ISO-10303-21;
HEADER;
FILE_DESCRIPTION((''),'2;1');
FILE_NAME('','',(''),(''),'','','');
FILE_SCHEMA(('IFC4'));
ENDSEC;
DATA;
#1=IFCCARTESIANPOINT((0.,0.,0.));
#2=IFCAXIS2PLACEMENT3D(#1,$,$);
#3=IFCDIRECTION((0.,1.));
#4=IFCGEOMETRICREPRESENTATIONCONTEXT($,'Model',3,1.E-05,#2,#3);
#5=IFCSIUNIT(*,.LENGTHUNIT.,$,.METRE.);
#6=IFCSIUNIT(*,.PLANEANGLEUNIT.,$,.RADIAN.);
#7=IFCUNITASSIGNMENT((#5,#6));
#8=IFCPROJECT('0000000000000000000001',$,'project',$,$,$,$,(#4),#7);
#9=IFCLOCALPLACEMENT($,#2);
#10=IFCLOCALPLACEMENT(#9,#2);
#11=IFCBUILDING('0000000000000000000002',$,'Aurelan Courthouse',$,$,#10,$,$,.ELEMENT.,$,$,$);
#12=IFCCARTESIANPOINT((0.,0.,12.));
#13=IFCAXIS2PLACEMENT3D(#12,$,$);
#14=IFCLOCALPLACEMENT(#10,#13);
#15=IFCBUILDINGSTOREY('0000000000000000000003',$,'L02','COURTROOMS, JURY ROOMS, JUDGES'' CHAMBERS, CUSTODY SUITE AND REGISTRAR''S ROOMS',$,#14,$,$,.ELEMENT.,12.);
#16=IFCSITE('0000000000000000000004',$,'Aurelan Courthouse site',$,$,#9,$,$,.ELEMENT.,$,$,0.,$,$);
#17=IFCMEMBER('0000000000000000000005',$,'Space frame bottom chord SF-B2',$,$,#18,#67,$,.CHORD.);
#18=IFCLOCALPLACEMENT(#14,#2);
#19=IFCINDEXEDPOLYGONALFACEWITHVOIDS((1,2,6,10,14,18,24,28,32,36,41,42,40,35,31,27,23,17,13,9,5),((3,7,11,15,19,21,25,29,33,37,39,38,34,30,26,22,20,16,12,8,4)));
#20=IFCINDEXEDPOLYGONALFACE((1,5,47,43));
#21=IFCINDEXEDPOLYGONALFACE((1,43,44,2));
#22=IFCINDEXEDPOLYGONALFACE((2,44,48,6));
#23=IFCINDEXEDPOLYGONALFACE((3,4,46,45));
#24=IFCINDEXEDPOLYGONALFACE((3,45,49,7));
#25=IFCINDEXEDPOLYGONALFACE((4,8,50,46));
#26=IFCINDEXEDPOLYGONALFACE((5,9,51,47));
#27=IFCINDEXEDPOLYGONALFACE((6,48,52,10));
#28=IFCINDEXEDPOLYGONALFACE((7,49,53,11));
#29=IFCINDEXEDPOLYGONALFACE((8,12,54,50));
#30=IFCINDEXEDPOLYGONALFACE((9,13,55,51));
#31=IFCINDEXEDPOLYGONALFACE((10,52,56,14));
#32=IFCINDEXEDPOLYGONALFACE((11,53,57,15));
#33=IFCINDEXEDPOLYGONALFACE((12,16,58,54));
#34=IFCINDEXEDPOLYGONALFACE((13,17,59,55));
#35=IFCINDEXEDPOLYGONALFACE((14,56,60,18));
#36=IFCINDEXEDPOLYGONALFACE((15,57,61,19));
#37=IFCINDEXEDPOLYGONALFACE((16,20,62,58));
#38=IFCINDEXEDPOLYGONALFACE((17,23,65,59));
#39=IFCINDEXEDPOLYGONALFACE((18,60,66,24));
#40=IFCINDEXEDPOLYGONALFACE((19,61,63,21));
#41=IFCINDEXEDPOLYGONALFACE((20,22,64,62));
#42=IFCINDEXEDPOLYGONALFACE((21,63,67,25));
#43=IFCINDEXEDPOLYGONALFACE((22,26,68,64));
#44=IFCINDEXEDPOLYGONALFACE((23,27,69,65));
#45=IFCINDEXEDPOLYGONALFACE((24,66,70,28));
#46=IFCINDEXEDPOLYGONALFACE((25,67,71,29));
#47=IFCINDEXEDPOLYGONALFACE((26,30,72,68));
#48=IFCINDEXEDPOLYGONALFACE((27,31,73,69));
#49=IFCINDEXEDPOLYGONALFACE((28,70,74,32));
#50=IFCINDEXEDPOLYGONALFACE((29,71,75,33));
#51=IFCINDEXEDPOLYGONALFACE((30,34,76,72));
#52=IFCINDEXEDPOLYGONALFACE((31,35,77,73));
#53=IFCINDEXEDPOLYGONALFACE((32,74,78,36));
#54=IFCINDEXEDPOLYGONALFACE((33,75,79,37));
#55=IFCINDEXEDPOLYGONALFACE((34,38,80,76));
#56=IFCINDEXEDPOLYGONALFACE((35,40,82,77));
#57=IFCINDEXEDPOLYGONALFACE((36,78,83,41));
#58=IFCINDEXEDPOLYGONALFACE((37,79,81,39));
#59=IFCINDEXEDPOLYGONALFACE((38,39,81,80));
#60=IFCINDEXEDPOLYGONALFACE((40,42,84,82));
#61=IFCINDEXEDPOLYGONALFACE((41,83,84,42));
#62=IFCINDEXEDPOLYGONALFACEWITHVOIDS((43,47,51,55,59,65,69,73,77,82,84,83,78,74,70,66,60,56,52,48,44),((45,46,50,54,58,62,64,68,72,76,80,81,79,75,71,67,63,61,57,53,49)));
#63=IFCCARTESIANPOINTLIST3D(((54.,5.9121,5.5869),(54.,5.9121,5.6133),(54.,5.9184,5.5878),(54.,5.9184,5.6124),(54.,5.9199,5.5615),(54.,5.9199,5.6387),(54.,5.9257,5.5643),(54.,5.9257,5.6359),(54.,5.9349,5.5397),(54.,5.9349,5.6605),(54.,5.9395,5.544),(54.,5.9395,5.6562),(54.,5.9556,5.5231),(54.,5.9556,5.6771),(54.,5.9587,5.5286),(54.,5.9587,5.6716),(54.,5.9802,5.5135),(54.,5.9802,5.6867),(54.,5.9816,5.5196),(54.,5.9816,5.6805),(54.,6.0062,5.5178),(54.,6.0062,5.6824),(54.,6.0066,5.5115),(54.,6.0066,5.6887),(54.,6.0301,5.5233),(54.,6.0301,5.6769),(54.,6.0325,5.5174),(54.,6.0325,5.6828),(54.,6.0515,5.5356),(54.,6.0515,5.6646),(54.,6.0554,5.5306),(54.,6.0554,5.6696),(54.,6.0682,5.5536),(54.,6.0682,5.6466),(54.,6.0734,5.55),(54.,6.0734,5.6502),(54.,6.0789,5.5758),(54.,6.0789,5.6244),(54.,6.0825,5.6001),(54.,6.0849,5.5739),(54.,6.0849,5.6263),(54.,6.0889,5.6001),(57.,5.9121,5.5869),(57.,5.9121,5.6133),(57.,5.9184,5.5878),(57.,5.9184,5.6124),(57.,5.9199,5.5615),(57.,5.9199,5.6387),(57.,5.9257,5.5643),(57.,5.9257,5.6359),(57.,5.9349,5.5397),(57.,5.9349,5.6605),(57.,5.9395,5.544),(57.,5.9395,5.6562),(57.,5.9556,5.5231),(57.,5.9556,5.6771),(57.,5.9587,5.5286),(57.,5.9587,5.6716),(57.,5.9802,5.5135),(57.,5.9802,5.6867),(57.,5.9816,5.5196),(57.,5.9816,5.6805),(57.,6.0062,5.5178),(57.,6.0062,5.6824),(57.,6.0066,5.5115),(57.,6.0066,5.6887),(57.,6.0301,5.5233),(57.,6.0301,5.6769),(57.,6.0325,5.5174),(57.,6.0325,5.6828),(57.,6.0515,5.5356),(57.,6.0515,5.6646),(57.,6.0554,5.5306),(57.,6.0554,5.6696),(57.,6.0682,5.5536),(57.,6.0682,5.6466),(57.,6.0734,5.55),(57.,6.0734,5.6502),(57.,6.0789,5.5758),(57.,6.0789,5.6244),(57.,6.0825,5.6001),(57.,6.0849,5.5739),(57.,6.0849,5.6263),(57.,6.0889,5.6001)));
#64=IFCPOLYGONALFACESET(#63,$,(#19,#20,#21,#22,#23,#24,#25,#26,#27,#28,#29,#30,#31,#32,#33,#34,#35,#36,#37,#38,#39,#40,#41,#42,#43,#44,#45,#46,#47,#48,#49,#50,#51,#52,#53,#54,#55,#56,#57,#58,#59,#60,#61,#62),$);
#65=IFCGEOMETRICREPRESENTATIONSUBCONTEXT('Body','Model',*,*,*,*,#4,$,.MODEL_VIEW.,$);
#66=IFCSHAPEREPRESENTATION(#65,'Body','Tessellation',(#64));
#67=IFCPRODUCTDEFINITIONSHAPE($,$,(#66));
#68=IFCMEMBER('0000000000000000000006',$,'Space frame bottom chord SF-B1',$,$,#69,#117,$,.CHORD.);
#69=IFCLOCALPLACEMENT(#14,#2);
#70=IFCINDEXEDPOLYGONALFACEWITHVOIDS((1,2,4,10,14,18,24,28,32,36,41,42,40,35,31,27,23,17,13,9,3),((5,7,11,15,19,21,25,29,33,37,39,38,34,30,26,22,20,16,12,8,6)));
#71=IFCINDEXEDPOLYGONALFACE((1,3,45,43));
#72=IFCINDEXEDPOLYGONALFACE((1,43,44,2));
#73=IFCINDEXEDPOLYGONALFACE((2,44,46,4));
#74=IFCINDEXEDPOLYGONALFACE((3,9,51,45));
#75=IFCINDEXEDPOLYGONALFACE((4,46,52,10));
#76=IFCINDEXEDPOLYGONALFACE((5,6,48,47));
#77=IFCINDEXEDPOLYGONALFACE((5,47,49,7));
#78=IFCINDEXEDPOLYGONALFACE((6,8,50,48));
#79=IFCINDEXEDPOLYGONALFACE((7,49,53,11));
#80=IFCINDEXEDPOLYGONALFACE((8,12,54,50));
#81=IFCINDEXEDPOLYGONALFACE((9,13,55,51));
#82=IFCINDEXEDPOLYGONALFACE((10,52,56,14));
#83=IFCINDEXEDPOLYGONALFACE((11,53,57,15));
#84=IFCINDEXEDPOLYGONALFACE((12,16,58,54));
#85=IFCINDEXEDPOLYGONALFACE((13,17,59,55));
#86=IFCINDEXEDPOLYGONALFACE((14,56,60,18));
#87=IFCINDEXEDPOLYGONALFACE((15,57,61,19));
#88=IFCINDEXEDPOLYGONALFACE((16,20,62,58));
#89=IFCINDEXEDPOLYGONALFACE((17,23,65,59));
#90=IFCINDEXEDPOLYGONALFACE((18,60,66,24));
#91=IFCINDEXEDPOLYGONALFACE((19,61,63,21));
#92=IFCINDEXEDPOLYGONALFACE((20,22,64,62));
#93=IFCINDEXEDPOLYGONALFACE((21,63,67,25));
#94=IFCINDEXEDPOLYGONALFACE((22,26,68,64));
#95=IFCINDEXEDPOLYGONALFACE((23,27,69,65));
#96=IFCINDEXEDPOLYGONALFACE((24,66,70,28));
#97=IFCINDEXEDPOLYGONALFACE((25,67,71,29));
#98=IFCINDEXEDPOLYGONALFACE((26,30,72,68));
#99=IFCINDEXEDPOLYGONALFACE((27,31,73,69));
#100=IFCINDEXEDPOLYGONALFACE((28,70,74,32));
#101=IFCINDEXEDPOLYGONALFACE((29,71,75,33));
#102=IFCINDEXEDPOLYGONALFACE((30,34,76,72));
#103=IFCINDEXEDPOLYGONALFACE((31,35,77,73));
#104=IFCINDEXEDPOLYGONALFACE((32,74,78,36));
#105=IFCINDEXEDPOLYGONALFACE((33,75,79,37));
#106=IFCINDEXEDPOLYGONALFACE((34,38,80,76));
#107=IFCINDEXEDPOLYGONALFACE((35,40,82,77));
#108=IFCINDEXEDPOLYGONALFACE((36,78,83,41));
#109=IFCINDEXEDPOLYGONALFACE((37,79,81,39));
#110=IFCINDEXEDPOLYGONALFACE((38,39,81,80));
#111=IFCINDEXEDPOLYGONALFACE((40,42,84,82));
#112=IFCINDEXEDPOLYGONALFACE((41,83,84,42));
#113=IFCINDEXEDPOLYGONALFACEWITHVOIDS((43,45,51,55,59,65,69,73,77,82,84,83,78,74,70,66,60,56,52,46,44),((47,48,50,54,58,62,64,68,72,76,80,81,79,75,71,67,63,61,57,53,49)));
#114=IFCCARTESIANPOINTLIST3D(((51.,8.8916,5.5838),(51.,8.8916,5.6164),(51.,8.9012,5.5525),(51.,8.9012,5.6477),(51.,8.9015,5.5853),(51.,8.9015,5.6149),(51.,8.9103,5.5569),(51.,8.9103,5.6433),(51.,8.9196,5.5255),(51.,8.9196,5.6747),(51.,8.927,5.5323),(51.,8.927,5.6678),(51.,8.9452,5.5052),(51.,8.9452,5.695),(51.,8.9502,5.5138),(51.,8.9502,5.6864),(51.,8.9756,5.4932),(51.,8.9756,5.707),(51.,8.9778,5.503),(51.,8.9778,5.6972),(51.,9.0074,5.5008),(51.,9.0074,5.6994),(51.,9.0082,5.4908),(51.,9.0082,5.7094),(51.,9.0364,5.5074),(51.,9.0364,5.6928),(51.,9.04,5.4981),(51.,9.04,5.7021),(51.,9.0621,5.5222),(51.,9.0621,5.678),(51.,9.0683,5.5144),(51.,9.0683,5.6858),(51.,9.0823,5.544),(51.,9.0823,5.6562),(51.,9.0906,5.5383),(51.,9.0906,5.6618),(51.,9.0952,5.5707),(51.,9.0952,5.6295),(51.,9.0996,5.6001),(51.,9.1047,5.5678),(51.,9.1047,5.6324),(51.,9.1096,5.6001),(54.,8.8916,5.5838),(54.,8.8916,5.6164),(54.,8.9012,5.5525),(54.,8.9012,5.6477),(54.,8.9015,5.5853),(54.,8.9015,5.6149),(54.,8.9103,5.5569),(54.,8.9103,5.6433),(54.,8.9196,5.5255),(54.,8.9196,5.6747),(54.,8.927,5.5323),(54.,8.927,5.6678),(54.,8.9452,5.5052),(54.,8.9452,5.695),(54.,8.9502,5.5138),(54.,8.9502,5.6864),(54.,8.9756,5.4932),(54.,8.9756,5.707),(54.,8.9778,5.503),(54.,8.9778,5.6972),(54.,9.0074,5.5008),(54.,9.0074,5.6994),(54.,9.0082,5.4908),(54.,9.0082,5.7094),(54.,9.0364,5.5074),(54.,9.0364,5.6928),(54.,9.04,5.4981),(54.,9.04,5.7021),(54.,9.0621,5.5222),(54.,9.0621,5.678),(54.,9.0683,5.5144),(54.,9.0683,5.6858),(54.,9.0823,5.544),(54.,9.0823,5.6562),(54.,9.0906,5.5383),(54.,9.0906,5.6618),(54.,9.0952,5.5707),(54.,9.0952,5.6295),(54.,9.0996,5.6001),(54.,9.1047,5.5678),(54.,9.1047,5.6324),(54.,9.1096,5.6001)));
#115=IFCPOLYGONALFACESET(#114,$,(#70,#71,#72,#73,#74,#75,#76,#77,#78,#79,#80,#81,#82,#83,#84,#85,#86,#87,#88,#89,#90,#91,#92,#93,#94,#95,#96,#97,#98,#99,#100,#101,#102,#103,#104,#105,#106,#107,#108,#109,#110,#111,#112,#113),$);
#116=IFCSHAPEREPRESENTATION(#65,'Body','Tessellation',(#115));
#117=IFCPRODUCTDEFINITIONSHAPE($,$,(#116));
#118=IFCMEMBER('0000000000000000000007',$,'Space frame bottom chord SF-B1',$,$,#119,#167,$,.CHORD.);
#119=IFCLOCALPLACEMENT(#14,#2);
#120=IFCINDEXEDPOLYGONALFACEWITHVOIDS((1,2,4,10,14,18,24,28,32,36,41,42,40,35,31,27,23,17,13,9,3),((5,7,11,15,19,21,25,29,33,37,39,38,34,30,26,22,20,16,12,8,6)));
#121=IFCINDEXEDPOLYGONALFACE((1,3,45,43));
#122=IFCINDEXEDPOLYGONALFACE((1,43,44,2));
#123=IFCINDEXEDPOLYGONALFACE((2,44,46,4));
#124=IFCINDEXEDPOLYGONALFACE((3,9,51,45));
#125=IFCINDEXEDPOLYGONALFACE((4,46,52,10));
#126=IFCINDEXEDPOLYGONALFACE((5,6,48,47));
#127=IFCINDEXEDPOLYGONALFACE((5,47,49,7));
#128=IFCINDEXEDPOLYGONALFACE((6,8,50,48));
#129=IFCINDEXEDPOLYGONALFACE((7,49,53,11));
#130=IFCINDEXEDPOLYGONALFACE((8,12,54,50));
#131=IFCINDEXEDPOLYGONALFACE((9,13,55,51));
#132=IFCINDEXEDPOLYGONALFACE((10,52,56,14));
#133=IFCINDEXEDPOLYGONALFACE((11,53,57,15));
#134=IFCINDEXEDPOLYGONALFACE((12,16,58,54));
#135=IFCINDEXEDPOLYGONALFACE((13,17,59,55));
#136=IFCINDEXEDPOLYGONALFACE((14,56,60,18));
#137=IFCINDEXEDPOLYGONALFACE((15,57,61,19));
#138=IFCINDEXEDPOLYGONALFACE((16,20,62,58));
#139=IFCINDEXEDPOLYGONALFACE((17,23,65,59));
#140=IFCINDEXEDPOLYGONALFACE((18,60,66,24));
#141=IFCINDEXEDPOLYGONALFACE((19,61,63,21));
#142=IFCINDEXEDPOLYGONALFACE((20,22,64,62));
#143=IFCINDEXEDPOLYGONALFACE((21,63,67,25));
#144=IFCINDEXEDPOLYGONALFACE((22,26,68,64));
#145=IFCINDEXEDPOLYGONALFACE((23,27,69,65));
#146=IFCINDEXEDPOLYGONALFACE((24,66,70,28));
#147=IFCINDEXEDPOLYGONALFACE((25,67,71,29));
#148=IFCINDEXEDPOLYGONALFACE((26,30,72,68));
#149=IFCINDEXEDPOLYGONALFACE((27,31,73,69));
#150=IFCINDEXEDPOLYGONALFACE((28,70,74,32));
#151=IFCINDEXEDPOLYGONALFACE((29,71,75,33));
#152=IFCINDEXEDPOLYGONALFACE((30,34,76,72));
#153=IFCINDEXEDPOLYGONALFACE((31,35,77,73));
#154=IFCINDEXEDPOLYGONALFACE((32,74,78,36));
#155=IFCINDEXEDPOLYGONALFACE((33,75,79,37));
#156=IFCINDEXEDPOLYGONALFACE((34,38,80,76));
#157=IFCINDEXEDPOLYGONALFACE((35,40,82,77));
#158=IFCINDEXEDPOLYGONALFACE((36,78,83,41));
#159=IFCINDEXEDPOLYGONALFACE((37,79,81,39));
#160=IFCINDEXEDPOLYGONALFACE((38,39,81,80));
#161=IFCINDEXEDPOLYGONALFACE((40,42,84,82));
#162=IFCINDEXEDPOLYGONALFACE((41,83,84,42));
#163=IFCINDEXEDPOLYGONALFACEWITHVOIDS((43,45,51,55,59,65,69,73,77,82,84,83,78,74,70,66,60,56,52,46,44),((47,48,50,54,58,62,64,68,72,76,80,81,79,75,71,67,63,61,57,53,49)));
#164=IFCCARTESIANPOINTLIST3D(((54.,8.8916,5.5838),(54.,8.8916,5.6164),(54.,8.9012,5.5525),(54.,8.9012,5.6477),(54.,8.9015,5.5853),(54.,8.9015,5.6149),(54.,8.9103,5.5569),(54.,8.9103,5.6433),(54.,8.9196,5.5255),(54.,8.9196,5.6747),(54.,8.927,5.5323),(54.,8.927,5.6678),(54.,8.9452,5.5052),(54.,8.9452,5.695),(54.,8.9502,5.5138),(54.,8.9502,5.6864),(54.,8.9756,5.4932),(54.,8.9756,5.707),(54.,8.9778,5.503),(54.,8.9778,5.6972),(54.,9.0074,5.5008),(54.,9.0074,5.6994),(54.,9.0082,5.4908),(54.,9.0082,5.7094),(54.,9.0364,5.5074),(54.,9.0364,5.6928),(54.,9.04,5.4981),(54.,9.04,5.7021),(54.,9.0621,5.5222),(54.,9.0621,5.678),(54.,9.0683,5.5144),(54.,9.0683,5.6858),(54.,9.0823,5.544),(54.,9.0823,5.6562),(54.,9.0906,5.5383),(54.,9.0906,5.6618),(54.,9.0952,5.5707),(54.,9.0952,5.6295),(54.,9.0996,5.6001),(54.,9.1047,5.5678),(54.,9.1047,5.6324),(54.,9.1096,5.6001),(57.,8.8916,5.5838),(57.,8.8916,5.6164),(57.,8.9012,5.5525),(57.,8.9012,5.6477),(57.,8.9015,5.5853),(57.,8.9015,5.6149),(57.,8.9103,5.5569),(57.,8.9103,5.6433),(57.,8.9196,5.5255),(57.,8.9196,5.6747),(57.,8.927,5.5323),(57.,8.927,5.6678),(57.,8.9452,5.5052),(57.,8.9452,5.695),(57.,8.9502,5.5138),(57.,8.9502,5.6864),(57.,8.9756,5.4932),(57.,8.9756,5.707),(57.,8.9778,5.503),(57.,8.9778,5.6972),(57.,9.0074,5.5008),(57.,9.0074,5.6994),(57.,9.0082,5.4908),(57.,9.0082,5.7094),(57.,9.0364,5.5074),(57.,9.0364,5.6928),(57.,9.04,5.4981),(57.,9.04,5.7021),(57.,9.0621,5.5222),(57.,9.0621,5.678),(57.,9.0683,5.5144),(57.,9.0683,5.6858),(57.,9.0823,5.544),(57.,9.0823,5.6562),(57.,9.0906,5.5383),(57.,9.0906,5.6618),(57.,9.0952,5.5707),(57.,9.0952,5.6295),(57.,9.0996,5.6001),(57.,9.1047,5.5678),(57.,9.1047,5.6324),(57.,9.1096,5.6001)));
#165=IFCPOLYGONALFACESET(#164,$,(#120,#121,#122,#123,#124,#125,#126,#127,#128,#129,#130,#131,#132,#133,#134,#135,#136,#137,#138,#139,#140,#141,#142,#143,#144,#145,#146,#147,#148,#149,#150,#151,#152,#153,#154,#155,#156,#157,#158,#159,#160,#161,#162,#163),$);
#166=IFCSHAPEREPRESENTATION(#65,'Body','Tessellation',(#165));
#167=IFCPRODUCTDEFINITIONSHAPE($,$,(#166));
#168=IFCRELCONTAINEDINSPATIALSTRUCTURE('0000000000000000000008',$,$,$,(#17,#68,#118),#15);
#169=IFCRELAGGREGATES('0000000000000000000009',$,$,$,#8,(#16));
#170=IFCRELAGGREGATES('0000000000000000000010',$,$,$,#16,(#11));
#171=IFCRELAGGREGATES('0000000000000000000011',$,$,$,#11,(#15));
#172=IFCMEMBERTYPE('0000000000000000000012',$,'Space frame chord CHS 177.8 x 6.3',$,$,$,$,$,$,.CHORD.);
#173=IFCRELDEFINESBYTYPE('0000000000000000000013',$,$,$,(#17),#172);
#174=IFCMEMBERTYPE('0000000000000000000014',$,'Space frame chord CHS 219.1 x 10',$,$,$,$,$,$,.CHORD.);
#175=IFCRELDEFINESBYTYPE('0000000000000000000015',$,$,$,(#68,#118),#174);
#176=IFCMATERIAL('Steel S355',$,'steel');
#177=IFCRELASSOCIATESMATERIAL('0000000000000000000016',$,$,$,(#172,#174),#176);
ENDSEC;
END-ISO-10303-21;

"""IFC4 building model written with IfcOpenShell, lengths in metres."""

from ifc_helpers import new_model, si_unit, direction, frame, origin, origin_2d, place, context, subcontext, project, spatial, hollow_circle, extrude, material, material_profile, profile_set, type_object, element, save


model = new_model("IFC4")

# Units and contexts
model_context = context("Model", 3, precision=1e-05, world=origin(), true_north=direction((0.0, 1.0)))
body_context = subcontext(model_context, "Body", "Model", "MODEL_VIEW")
ifc_project = project(units=[si_unit("LENGTHUNIT", "METRE"), si_unit("PLANEANGLEUNIT", "RADIAN")], contexts=[model_context])

# Site, building, storey
site_placement = place(None, origin())
site = spatial("IfcSite", under=ifc_project, at=site_placement, Name="Aurelan Courthouse site", CompositionType="ELEMENT", RefElevation=0.0)
building_placement = place(site_placement, origin())
building = spatial("IfcBuilding", under=site, at=building_placement, Name="Aurelan Courthouse", CompositionType="ELEMENT")
storey_placement = place(building_placement, frame((0.0, 0.0, 12.0)))
storey = spatial("IfcBuildingStorey", under=building, at=storey_placement, Name="L02", Description="COURTROOMS, JURY ROOMS, JUDGES' CHAMBERS, CUSTODY SUITE AND REGISTRAR'S ROOMS", CompositionType="ELEMENT", Elevation=12.0)

# Members
ifc_material_1 = material(Name="Steel S355", Category="steel")
ifc_material_profile_1 = material_profile(ifc_material_1, hollow_circle(Radius=0.0889, WallThickness=0.0063, at=origin_2d()), Name="CHS 177.8 x 6.3")
ifc_profile_set_1 = profile_set([ifc_material_profile_1], Name="Steel S355")
member_type_1 = type_object("IfcMemberType", Name="Space frame chord CHS 177.8 x 6.3", PredefinedType="CHORD", material=ifc_profile_set_1)
member_placement = place(storey_placement, frame((54.0, 6.0, 5.6001), z_axis=(1.0, 0.0, 0.0), x_axis=(0.0, 1.0, 0.0)))
element("IfcMember", 1, at=member_placement, inside=storey, type_object=member_type_1, Name="Space frame bottom chord SF-B2", PredefinedType="CHORD", context=body_context, shape_type="SweptSolid", body=[
    extrude(hollow_circle(Radius=0.0889, WallThickness=0.0063, at=origin_2d()), origin(), (0.0, 0.0, 1.0), 3.0),
])
ifc_material_profile_2 = material_profile(ifc_material_1, hollow_circle(Radius=0.1096, WallThickness=0.01, at=origin_2d()), Name="CHS 219.1 x 10")
ifc_profile_set_2 = profile_set([ifc_material_profile_2], Name="Steel S355")
member_type_2 = type_object("IfcMemberType", Name="Space frame chord CHS 219.1 x 10", PredefinedType="CHORD", material=ifc_profile_set_2)
for number, where, z_axis, x_axis, name in (
    (2, (51.0, 9.0, 5.6001), (1.0, 0.0, 0.0), (0.0, 1.0, 0.0), "Space frame bottom chord SF-B1"),
    (3, (54.0, 9.0, 5.6001), (1.0, 0.0, 0.0), (0.0, 1.0, 0.0), "Space frame bottom chord SF-B1"),
):
    element("IfcMember", number, at=place(storey_placement, frame(where, z_axis=z_axis, x_axis=x_axis)), inside=storey, type_object=member_type_2, Name=name, PredefinedType="CHORD", context=body_context, shape_type="SweptSolid", body=[
        extrude(hollow_circle(Radius=0.1096, WallThickness=0.01, at=origin_2d()), origin(), (0.0, 0.0, 1.0), 3.0),
    ])

save(model, "model.ifc")
